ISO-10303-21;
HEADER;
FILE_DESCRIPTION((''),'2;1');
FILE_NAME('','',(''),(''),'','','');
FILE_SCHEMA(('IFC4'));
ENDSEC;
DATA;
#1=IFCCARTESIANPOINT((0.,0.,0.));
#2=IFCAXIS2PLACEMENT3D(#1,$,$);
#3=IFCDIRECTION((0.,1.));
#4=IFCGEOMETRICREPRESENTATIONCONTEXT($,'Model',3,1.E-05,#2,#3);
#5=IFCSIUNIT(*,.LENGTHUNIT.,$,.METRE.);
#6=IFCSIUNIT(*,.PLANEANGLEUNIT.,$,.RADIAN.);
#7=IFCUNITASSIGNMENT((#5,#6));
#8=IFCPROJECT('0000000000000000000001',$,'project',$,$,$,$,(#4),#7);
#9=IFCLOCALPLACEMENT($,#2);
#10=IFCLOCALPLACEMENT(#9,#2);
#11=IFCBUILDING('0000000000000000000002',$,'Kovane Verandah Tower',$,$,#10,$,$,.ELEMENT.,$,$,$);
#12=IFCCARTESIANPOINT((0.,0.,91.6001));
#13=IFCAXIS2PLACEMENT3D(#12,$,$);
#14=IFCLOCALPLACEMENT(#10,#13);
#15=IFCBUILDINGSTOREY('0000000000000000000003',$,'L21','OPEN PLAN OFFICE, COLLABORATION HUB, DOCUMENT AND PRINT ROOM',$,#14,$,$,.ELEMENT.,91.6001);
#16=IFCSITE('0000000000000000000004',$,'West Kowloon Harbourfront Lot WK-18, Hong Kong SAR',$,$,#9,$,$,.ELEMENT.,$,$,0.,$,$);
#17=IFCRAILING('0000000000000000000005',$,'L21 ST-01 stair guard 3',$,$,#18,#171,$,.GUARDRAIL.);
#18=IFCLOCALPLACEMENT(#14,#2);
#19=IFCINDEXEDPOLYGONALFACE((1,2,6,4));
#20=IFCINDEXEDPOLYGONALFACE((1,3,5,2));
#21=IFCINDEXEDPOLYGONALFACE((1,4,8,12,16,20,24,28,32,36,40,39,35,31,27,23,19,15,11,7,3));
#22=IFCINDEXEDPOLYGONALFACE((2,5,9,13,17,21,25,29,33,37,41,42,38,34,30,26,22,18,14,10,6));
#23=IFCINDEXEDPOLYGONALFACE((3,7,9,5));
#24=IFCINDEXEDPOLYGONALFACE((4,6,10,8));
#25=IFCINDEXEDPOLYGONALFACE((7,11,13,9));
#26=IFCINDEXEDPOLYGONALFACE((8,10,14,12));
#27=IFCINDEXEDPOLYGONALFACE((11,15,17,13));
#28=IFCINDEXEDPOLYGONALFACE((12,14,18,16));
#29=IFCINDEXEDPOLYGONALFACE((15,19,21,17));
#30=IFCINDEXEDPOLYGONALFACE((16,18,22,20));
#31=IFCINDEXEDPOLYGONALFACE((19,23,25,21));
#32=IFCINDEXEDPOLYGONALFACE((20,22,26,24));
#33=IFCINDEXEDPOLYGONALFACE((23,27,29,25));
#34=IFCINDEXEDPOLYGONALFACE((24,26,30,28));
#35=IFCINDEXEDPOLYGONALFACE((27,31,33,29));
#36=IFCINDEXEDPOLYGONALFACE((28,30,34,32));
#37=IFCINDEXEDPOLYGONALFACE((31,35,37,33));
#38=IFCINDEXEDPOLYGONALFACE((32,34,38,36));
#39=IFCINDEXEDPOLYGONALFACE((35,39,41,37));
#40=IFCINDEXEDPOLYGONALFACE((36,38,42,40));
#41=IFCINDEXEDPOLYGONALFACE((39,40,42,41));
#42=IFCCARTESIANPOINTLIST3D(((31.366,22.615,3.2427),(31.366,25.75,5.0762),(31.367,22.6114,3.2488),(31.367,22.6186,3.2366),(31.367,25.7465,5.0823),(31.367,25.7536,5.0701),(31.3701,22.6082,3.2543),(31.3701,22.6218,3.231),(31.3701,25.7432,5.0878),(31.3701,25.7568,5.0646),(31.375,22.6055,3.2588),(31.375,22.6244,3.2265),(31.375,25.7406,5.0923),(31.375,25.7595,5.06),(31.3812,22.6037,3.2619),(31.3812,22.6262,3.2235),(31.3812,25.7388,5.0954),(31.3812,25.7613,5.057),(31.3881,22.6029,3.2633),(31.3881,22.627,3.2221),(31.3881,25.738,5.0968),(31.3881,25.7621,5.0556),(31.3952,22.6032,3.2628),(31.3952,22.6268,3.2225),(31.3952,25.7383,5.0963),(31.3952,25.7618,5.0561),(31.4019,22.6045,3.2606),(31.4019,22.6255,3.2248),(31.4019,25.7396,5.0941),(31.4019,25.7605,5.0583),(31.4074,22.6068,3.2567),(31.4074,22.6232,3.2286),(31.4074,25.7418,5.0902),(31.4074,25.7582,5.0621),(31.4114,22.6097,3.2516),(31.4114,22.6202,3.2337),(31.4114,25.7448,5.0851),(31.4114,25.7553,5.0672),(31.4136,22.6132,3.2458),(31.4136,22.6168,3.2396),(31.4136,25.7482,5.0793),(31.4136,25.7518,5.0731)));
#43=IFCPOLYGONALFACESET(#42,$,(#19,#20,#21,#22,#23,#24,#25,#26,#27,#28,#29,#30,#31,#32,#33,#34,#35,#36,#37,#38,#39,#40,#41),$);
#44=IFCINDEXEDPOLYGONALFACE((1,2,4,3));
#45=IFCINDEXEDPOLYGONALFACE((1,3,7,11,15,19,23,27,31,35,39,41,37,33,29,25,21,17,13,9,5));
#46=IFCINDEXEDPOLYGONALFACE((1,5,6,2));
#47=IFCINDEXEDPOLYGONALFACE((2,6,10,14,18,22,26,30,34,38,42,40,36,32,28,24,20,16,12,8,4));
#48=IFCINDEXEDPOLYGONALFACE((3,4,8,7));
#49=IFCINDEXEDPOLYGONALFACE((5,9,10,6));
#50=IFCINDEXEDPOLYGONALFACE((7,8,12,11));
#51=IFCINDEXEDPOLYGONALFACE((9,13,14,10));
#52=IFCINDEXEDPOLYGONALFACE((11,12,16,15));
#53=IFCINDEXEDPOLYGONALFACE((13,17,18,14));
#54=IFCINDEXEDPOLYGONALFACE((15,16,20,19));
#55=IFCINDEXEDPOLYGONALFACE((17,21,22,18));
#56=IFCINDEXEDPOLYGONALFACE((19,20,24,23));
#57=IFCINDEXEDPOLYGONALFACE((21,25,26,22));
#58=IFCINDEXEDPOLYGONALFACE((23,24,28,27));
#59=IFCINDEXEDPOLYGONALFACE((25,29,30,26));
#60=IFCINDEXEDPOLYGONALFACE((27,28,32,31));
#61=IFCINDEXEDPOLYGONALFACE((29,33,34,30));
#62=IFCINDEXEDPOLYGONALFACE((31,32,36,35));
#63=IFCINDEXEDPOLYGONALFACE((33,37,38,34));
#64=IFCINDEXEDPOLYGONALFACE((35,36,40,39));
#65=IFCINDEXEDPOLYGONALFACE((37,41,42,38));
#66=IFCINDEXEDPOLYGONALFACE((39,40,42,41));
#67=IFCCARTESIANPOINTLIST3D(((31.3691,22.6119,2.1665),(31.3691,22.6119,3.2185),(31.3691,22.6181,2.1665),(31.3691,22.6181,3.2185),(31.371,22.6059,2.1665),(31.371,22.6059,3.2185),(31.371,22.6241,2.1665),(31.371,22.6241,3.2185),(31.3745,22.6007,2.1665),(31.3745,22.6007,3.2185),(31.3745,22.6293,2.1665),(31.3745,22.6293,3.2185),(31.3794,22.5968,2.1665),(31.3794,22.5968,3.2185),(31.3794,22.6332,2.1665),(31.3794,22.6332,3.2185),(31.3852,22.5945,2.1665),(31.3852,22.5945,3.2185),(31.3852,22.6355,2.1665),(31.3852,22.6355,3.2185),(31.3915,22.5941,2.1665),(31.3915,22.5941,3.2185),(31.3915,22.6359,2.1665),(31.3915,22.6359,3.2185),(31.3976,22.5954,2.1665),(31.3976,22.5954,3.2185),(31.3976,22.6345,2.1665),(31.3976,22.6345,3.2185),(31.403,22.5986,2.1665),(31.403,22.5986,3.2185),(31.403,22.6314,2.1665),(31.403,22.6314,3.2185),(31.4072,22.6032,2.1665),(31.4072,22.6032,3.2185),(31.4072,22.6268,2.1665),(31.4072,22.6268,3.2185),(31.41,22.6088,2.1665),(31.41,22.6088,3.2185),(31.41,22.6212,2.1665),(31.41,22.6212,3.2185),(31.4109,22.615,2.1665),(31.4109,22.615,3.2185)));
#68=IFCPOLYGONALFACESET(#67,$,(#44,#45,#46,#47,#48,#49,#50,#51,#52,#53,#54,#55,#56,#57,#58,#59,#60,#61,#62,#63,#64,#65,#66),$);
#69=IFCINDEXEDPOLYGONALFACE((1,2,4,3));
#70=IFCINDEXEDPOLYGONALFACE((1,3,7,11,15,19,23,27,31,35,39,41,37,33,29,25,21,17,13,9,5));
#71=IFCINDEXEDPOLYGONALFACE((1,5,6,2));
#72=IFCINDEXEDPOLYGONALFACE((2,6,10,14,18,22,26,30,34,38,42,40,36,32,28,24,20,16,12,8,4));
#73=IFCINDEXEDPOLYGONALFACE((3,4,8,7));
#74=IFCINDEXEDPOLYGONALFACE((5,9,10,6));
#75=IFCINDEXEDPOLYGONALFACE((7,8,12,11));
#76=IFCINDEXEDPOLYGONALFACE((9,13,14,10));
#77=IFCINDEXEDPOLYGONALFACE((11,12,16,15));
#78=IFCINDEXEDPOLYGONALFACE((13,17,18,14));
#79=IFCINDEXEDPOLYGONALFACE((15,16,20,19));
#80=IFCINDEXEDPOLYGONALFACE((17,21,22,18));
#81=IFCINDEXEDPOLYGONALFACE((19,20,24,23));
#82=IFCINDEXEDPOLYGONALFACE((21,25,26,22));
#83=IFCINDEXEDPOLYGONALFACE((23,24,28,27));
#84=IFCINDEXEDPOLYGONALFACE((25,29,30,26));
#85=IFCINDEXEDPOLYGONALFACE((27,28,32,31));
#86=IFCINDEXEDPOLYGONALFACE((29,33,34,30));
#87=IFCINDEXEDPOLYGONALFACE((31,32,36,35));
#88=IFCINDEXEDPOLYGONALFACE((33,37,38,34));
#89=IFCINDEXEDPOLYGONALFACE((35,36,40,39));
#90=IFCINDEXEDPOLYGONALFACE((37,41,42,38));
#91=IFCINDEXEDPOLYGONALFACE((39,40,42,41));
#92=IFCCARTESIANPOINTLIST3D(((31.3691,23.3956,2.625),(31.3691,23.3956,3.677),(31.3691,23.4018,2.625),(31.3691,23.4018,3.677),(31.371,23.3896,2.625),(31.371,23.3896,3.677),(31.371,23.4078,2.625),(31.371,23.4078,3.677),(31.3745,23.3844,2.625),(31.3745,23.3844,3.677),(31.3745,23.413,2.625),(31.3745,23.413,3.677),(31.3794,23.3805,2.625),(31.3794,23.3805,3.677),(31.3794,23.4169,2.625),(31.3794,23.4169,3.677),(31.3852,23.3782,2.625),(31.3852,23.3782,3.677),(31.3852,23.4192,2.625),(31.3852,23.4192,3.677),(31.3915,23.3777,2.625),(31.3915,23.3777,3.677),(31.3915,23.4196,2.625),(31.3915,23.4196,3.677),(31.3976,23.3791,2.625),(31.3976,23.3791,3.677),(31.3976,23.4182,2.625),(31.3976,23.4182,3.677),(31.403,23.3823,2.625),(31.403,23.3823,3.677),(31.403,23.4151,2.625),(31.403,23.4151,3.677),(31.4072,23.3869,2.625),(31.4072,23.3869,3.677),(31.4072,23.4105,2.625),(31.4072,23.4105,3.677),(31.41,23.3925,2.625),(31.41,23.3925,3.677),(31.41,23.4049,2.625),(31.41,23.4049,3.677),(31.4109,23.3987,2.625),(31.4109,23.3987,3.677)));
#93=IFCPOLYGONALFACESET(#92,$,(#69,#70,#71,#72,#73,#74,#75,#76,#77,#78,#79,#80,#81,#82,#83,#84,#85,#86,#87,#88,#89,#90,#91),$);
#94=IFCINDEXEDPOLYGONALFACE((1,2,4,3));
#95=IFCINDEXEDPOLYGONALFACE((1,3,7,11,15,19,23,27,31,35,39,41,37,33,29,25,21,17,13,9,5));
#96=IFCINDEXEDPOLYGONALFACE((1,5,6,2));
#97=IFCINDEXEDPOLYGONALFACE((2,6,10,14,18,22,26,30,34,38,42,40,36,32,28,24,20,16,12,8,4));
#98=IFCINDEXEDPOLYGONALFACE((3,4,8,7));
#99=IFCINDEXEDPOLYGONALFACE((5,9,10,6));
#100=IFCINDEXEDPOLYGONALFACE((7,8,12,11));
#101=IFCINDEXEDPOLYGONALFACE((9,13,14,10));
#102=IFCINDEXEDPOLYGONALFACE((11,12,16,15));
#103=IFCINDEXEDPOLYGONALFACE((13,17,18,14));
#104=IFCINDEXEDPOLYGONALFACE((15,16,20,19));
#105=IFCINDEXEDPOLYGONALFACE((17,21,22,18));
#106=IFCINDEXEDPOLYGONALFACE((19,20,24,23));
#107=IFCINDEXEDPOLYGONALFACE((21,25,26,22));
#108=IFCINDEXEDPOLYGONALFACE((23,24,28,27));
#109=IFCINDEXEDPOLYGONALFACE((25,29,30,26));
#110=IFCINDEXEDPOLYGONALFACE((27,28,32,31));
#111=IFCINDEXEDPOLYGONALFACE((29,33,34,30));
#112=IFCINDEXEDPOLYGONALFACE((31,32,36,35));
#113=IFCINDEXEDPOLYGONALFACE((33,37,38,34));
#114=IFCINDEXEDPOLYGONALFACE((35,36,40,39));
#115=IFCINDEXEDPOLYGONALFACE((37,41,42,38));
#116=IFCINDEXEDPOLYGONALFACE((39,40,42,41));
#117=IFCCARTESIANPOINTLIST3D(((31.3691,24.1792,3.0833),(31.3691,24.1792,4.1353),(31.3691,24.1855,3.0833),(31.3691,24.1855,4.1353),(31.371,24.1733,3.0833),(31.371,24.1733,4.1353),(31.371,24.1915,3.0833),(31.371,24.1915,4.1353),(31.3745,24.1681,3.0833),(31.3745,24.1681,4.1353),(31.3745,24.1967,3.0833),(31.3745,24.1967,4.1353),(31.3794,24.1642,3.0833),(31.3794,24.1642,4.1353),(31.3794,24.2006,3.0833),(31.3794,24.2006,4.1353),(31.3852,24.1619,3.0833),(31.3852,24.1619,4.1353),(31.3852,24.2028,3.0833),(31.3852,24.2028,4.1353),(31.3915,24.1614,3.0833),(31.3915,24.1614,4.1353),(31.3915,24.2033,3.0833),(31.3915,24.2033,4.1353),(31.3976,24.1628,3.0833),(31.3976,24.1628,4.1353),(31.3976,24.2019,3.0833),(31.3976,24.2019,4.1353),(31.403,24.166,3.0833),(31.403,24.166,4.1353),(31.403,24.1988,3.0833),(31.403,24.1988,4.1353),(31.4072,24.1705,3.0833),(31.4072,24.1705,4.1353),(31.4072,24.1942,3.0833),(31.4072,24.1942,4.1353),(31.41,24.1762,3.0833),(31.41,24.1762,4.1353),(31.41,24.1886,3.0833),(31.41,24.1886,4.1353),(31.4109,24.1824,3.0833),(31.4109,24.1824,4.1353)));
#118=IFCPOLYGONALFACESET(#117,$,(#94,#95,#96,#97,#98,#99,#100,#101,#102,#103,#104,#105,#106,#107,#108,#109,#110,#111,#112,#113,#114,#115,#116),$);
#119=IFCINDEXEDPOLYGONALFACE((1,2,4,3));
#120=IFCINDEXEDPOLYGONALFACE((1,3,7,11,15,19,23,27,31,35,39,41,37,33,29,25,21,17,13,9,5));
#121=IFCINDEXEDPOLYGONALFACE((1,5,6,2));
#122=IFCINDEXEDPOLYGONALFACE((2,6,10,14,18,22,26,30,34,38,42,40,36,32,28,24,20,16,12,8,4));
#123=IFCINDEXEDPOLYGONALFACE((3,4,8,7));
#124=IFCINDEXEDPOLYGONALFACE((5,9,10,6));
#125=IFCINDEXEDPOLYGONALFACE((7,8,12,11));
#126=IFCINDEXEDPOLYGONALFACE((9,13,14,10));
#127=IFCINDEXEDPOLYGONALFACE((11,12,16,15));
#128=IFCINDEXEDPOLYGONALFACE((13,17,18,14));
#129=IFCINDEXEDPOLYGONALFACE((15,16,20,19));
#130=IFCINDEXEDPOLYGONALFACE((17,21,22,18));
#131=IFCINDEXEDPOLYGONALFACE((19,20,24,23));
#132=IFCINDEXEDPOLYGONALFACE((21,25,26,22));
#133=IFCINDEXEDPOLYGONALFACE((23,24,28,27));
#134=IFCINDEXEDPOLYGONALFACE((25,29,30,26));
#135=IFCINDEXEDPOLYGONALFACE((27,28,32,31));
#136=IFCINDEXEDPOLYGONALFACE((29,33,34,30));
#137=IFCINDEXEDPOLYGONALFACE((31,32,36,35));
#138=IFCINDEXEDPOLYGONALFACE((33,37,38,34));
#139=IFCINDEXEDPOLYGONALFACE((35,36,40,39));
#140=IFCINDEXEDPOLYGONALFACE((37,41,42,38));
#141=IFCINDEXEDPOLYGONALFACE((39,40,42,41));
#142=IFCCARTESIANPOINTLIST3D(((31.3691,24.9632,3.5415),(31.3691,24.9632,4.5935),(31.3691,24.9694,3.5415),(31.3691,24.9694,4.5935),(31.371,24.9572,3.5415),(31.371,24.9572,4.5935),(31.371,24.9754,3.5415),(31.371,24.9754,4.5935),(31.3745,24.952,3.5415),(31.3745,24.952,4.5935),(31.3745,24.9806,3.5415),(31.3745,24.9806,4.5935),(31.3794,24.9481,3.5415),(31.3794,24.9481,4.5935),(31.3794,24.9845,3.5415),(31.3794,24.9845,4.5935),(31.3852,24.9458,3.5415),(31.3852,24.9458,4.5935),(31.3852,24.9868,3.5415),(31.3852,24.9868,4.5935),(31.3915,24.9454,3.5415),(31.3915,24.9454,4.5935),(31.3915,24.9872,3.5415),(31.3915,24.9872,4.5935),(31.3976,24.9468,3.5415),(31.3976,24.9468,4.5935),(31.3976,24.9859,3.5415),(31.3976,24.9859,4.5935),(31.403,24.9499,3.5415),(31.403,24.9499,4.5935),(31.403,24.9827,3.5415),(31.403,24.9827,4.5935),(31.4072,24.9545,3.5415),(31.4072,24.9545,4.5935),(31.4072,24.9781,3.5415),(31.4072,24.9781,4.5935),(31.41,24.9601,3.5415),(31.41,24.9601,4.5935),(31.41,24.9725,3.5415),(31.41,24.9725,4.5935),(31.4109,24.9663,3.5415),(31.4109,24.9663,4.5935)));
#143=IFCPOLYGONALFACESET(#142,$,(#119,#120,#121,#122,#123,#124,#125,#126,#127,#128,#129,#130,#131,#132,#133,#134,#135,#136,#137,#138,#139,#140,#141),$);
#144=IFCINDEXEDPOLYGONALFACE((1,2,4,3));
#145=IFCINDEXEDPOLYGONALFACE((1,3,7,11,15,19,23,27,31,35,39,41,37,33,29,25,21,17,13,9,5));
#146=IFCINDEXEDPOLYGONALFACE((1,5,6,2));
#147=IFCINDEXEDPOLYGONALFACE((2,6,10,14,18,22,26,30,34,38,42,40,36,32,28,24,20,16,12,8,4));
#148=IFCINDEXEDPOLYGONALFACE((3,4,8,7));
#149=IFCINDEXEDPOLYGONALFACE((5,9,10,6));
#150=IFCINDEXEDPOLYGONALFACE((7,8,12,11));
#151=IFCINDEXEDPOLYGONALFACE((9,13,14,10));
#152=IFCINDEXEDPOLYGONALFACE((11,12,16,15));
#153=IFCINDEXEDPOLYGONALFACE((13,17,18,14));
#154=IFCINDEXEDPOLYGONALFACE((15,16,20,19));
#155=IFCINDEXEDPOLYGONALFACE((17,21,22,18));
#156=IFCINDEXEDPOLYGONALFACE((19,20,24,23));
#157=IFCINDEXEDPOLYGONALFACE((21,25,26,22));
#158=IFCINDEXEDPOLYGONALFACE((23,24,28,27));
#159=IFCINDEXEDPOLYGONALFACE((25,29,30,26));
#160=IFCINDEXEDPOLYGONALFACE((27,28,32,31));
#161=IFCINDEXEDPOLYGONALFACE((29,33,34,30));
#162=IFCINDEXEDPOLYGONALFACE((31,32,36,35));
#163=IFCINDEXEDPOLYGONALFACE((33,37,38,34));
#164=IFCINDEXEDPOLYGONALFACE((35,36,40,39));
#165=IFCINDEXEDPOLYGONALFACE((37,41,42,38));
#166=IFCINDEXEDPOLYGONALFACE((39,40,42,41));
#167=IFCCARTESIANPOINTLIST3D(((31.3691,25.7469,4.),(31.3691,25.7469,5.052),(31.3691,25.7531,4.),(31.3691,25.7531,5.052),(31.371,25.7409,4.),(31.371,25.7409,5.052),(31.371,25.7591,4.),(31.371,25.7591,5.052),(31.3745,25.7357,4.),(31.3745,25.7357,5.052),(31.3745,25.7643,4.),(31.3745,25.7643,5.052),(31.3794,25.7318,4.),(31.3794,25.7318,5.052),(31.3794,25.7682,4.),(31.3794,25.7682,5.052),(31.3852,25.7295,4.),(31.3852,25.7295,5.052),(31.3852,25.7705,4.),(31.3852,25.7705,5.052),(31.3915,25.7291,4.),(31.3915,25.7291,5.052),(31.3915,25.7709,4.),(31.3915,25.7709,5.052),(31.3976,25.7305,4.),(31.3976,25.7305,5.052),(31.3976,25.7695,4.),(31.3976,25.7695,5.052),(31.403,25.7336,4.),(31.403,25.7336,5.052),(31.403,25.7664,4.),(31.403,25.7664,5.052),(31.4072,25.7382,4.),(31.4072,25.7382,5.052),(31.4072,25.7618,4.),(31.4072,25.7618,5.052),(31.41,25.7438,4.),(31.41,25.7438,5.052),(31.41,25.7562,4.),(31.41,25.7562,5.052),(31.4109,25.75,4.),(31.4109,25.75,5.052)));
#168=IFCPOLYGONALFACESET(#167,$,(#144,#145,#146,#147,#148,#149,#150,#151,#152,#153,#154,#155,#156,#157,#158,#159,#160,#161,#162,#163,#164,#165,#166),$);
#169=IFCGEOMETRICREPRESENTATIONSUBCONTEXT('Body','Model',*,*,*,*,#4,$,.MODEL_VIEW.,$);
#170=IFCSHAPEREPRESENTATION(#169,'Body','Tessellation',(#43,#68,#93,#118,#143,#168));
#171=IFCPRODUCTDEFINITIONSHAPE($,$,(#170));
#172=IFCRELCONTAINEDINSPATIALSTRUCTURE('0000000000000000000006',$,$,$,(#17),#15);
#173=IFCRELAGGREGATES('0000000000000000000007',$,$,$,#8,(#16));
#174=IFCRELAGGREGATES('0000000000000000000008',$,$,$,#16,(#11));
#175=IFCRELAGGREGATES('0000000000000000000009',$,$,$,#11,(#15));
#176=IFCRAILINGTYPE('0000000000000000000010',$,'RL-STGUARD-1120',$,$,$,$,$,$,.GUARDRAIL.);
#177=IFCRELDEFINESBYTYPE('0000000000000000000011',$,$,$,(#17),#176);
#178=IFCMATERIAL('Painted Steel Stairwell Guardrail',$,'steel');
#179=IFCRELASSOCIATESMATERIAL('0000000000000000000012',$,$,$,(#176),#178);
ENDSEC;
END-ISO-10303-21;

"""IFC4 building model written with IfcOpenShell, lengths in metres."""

from ifc_helpers import new_model, si_unit, direction, frame, origin, origin_2d, place, context, subcontext, project, spatial, circle, extrude, material, type_object, element, save


model = new_model("IFC4")

# Units and contexts
model_context = context("Model", 3, precision=1e-05, world=origin(), true_north=direction((0.0, 1.0)))
body_context = subcontext(model_context, "Body", "Model", "MODEL_VIEW")
ifc_project = project(units=[si_unit("LENGTHUNIT", "METRE"), si_unit("PLANEANGLEUNIT", "RADIAN")], contexts=[model_context])

# Site, building, storey
site_placement = place(None, origin())
site = spatial("IfcSite", under=ifc_project, at=site_placement, Name="West Kowloon Harbourfront Lot WK-18, Hong Kong SAR", CompositionType="ELEMENT", RefElevation=0.0)
building_placement = place(site_placement, origin())
building = spatial("IfcBuilding", under=site, at=building_placement, Name="Kovane Verandah Tower", CompositionType="ELEMENT")
storey_placement = place(building_placement, frame((0.0, 0.0, 91.6001)))
storey = spatial("IfcBuildingStorey", under=building, at=storey_placement, Name="L21", Description="OPEN PLAN OFFICE, COLLABORATION HUB, DOCUMENT AND PRINT ROOM", CompositionType="ELEMENT", Elevation=91.6001)

# Railing
ifc_material_1 = material(Name="Painted Steel Stairwell Guardrail", Category="steel")
railing_type_1 = type_object("IfcRailingType", Name="RL-STGUARD-1120", PredefinedType="GUARDRAIL", material=ifc_material_1)
railing_1_placement = place(storey_placement, frame((31.3899, 22.615, 2.1665)))
element("IfcRailing", 1, at=railing_1_placement, inside=storey, type_object=railing_type_1, Name="L21 ST-01 stair guard 3", PredefinedType="GUARDRAIL", context=body_context, shape_type="SweptSolid", body=[
    extrude(circle(Radius=0.0239, at=origin_2d()), frame((0.0, 0.0, 1.0762), z_axis=(0.0, 0.86321, 0.504845), x_axis=(-1.0, 0.0, 0.0)), (0.0, 0.0, 1.0), 3.6318),
    extrude(circle(Radius=0.021, at=origin_2d()), origin(), (0.0, 0.0, 1.0), 1.052),
    extrude(circle(Radius=0.021, at=origin_2d()), frame((0.0, 0.7837, 0.4585)), (0.0, 0.0, 1.0), 1.052),
    extrude(circle(Radius=0.021, at=origin_2d()), frame((0.0, 1.5674, 0.9167)), (0.0, 0.0, 1.0), 1.052),
    extrude(circle(Radius=0.021, at=origin_2d()), frame((0.0, 2.3513, 1.375)), (0.0, 0.0, 1.0), 1.052),
    extrude(circle(Radius=0.021, at=origin_2d()), frame((0.0, 3.135, 1.8335)), (0.0, 0.0, 1.0), 1.052),
])

save(model, "model.ifc")
